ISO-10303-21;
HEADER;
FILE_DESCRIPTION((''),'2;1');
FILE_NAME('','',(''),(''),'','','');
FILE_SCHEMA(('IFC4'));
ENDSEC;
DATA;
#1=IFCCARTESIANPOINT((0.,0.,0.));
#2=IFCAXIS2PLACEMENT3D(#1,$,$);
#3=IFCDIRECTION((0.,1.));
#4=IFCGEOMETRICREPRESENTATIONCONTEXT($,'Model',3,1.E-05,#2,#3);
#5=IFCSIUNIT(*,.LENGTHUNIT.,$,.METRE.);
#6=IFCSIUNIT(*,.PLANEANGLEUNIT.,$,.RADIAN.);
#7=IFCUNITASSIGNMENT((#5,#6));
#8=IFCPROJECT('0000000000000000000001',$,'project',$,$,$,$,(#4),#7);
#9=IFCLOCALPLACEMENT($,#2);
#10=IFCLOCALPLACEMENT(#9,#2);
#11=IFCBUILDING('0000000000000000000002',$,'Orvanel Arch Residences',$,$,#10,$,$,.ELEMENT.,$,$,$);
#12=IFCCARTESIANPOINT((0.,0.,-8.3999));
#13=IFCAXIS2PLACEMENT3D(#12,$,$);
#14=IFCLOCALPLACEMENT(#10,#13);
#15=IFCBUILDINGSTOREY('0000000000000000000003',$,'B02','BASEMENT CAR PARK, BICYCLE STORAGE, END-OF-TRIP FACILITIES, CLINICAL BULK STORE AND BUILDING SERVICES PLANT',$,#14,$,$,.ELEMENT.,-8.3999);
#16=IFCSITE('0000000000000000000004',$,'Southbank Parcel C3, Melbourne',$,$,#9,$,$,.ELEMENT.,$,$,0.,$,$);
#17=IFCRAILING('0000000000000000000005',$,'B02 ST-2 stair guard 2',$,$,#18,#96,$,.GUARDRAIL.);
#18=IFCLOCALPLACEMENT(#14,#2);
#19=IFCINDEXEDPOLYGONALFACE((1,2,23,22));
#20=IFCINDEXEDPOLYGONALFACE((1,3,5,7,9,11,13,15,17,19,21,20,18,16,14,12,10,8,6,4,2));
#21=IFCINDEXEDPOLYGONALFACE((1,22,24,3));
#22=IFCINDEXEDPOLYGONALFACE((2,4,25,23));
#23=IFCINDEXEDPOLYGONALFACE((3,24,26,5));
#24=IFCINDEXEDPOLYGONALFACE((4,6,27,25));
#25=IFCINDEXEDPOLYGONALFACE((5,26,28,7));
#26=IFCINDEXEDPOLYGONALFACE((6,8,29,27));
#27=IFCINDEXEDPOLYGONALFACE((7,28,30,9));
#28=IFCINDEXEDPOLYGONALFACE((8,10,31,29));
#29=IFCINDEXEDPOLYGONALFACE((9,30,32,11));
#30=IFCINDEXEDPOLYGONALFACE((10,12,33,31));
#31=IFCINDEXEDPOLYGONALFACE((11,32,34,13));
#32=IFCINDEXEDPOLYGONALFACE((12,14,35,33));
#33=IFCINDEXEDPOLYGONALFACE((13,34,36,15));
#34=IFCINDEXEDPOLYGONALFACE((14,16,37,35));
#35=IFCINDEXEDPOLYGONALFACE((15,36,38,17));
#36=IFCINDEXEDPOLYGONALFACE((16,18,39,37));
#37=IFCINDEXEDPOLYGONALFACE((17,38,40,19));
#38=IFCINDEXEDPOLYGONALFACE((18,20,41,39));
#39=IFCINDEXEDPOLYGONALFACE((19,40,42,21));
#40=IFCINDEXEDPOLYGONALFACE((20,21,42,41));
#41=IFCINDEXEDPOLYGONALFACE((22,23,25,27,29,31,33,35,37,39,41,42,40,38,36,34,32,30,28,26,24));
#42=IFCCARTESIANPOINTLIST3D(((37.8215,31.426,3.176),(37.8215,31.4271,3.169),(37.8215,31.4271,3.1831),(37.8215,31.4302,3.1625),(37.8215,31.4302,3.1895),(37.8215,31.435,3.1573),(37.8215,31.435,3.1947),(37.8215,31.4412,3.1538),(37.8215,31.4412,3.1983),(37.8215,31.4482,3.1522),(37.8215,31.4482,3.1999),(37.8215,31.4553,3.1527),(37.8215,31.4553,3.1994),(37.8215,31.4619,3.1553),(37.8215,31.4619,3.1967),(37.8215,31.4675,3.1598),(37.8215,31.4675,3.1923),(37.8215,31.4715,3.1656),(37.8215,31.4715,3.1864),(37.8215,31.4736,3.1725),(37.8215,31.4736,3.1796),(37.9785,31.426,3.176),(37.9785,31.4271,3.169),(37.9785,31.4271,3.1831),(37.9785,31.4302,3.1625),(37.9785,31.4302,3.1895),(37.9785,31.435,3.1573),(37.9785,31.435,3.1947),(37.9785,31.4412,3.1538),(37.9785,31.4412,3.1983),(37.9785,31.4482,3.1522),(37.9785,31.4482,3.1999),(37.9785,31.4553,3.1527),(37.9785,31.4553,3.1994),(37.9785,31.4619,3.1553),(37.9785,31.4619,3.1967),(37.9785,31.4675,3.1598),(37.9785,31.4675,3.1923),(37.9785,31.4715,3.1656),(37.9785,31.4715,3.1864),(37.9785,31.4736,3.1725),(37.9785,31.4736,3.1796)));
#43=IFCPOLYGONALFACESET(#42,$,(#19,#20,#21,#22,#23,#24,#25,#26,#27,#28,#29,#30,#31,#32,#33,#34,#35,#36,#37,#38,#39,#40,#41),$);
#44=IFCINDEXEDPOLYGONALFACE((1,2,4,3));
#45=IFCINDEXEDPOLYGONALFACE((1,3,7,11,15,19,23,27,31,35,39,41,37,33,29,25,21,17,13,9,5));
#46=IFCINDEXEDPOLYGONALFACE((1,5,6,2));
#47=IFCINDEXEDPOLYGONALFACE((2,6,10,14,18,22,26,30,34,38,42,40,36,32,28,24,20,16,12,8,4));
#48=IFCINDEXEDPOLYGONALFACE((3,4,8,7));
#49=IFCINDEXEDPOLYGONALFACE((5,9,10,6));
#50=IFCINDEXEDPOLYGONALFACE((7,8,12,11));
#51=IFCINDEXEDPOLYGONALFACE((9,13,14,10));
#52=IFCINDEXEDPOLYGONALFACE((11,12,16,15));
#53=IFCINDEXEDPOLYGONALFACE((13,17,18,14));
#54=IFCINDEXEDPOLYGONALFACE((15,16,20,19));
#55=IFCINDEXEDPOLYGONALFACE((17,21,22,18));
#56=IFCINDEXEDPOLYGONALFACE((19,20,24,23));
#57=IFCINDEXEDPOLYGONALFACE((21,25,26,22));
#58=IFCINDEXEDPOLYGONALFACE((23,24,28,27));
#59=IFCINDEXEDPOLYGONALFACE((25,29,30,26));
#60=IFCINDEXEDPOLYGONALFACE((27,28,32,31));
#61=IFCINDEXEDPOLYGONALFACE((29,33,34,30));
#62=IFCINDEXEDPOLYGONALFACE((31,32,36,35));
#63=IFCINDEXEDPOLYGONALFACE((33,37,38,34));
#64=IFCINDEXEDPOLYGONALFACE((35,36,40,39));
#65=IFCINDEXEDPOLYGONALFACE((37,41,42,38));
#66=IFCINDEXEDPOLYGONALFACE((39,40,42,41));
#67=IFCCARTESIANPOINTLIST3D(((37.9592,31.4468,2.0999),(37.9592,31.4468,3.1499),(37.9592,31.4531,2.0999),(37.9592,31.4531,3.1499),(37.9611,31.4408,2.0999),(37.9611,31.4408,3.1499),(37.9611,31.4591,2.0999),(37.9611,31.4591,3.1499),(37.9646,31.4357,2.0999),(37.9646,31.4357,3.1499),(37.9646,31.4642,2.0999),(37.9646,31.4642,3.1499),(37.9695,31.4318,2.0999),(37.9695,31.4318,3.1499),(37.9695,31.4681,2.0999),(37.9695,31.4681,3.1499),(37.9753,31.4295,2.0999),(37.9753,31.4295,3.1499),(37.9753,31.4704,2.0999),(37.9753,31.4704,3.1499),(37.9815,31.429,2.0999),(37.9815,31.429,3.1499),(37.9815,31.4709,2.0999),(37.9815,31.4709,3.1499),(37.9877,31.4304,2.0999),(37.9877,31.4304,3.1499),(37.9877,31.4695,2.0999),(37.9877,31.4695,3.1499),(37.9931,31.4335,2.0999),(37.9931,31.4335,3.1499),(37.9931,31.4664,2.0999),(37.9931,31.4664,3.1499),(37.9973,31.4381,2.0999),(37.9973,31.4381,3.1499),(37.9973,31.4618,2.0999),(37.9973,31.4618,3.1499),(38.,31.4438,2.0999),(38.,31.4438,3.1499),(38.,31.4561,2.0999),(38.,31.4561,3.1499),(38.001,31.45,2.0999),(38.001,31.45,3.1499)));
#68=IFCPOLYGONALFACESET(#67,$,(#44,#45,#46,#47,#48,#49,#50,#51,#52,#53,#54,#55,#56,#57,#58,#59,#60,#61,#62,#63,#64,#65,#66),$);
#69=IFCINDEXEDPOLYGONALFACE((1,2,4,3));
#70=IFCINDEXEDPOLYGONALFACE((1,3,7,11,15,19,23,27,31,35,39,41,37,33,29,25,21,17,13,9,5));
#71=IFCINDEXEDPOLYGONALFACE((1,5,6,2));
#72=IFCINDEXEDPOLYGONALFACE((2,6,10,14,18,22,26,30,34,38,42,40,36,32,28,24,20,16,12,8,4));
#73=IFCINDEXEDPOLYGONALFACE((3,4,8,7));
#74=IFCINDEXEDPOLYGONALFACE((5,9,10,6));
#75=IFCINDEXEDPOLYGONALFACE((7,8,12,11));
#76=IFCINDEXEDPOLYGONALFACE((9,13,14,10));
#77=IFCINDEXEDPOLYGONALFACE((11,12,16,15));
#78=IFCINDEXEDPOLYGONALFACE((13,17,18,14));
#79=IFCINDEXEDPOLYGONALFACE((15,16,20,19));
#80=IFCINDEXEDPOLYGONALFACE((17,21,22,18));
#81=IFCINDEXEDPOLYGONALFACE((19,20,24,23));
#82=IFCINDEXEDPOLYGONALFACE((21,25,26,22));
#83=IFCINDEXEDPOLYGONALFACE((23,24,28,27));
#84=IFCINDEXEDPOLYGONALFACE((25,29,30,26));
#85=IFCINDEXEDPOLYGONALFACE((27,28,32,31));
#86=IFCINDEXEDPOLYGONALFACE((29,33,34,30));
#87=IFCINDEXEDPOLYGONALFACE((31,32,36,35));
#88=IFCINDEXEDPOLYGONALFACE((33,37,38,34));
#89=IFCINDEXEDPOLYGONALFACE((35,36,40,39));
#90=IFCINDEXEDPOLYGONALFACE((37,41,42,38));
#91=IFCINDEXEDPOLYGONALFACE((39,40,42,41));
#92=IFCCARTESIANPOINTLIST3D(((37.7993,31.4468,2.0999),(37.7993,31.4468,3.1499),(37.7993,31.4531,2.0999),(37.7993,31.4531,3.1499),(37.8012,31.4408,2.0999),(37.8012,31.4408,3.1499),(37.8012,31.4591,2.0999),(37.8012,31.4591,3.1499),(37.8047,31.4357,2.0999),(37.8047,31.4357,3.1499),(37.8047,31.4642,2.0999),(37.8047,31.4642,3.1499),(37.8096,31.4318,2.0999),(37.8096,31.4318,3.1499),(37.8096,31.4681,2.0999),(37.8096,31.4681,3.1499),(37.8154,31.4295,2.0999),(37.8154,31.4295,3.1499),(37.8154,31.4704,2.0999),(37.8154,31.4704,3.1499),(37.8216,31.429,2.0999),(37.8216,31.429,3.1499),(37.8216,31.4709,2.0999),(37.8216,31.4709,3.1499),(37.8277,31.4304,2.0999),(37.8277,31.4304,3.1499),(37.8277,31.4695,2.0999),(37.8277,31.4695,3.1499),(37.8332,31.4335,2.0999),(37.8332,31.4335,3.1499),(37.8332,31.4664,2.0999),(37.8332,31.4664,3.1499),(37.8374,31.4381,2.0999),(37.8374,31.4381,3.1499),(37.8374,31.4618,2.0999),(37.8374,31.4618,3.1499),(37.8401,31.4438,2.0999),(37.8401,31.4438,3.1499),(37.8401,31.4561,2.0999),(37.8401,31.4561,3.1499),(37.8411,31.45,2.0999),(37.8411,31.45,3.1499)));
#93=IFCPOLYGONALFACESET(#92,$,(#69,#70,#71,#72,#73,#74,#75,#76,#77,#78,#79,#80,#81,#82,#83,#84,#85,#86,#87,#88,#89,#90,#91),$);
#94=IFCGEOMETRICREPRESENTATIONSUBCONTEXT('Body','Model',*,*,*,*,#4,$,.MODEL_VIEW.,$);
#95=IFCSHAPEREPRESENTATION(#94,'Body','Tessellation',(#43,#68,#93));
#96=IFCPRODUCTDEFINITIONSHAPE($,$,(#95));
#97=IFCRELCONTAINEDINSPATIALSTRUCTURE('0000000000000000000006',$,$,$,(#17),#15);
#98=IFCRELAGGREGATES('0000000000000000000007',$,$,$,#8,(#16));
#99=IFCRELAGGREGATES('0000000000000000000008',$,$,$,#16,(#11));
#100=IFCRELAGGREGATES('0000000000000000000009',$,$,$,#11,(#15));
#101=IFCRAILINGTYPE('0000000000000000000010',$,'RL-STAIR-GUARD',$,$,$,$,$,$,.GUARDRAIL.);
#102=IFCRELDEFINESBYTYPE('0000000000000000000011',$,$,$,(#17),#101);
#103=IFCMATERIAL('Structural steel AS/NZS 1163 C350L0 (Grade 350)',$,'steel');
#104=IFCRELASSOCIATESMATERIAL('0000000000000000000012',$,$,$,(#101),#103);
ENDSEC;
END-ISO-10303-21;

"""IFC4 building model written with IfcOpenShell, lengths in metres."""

from ifc_helpers import new_model, si_unit, direction, frame, origin, origin_2d, place, context, subcontext, project, spatial, circle, extrude, material, type_object, element, save


model = new_model("IFC4")

# Units and contexts
model_context = context("Model", 3, precision=1e-05, world=origin(), true_north=direction((0.0, 1.0)))
body_context = subcontext(model_context, "Body", "Model", "MODEL_VIEW")
ifc_project = project(units=[si_unit("LENGTHUNIT", "METRE"), si_unit("PLANEANGLEUNIT", "RADIAN")], contexts=[model_context])

# Site, building, storey
site_placement = place(None, origin())
site = spatial("IfcSite", under=ifc_project, at=site_placement, Name="Southbank Parcel C3, Melbourne", CompositionType="ELEMENT", RefElevation=0.0)
building_placement = place(site_placement, origin())
building = spatial("IfcBuilding", under=site, at=building_placement, Name="Orvanel Arch Residences", CompositionType="ELEMENT")
storey_placement = place(building_placement, frame((0.0, 0.0, -8.3999)))
storey = spatial("IfcBuildingStorey", under=building, at=storey_placement, Name="B02", Description="BASEMENT CAR PARK, BICYCLE STORAGE, END-OF-TRIP FACILITIES, CLINICAL BULK STORE AND BUILDING SERVICES PLANT", CompositionType="ELEMENT", Elevation=-8.3999)

# Shared definitions
ifc_material_1 = material(Name="Structural steel AS/NZS 1163 C350L0 (Grade 350)", Category="steel")

# Railing
railing_type_1 = type_object("IfcRailingType", Name="RL-STAIR-GUARD", PredefinedType="GUARDRAIL", material=ifc_material_1)
railing_1_placement = place(storey_placement, frame((37.98, 31.45, 2.0999)))
element("IfcRailing", 1, at=railing_1_placement, inside=storey, type_object=railing_type_1, Name="B02 ST-2 stair guard 2", PredefinedType="GUARDRAIL", context=body_context, shape_type="SweptSolid", body=[
    extrude(circle(Radius=0.0239, at=origin_2d()), frame((-0.0015, 0.0, 1.0762), z_axis=(-1.0, 0.0, 0.0), x_axis=(0.0, -1.0, 0.0)), (0.0, 0.0, 1.0), 0.157),
    extrude(circle(Radius=0.021, at=origin_2d()), origin(), (0.0, 0.0, 1.0), 1.05),
    extrude(circle(Radius=0.021, at=origin_2d()), frame((-0.1599, 0.0, 0.0)), (0.0, 0.0, 1.0), 1.05),
])

save(model, "model.ifc")
